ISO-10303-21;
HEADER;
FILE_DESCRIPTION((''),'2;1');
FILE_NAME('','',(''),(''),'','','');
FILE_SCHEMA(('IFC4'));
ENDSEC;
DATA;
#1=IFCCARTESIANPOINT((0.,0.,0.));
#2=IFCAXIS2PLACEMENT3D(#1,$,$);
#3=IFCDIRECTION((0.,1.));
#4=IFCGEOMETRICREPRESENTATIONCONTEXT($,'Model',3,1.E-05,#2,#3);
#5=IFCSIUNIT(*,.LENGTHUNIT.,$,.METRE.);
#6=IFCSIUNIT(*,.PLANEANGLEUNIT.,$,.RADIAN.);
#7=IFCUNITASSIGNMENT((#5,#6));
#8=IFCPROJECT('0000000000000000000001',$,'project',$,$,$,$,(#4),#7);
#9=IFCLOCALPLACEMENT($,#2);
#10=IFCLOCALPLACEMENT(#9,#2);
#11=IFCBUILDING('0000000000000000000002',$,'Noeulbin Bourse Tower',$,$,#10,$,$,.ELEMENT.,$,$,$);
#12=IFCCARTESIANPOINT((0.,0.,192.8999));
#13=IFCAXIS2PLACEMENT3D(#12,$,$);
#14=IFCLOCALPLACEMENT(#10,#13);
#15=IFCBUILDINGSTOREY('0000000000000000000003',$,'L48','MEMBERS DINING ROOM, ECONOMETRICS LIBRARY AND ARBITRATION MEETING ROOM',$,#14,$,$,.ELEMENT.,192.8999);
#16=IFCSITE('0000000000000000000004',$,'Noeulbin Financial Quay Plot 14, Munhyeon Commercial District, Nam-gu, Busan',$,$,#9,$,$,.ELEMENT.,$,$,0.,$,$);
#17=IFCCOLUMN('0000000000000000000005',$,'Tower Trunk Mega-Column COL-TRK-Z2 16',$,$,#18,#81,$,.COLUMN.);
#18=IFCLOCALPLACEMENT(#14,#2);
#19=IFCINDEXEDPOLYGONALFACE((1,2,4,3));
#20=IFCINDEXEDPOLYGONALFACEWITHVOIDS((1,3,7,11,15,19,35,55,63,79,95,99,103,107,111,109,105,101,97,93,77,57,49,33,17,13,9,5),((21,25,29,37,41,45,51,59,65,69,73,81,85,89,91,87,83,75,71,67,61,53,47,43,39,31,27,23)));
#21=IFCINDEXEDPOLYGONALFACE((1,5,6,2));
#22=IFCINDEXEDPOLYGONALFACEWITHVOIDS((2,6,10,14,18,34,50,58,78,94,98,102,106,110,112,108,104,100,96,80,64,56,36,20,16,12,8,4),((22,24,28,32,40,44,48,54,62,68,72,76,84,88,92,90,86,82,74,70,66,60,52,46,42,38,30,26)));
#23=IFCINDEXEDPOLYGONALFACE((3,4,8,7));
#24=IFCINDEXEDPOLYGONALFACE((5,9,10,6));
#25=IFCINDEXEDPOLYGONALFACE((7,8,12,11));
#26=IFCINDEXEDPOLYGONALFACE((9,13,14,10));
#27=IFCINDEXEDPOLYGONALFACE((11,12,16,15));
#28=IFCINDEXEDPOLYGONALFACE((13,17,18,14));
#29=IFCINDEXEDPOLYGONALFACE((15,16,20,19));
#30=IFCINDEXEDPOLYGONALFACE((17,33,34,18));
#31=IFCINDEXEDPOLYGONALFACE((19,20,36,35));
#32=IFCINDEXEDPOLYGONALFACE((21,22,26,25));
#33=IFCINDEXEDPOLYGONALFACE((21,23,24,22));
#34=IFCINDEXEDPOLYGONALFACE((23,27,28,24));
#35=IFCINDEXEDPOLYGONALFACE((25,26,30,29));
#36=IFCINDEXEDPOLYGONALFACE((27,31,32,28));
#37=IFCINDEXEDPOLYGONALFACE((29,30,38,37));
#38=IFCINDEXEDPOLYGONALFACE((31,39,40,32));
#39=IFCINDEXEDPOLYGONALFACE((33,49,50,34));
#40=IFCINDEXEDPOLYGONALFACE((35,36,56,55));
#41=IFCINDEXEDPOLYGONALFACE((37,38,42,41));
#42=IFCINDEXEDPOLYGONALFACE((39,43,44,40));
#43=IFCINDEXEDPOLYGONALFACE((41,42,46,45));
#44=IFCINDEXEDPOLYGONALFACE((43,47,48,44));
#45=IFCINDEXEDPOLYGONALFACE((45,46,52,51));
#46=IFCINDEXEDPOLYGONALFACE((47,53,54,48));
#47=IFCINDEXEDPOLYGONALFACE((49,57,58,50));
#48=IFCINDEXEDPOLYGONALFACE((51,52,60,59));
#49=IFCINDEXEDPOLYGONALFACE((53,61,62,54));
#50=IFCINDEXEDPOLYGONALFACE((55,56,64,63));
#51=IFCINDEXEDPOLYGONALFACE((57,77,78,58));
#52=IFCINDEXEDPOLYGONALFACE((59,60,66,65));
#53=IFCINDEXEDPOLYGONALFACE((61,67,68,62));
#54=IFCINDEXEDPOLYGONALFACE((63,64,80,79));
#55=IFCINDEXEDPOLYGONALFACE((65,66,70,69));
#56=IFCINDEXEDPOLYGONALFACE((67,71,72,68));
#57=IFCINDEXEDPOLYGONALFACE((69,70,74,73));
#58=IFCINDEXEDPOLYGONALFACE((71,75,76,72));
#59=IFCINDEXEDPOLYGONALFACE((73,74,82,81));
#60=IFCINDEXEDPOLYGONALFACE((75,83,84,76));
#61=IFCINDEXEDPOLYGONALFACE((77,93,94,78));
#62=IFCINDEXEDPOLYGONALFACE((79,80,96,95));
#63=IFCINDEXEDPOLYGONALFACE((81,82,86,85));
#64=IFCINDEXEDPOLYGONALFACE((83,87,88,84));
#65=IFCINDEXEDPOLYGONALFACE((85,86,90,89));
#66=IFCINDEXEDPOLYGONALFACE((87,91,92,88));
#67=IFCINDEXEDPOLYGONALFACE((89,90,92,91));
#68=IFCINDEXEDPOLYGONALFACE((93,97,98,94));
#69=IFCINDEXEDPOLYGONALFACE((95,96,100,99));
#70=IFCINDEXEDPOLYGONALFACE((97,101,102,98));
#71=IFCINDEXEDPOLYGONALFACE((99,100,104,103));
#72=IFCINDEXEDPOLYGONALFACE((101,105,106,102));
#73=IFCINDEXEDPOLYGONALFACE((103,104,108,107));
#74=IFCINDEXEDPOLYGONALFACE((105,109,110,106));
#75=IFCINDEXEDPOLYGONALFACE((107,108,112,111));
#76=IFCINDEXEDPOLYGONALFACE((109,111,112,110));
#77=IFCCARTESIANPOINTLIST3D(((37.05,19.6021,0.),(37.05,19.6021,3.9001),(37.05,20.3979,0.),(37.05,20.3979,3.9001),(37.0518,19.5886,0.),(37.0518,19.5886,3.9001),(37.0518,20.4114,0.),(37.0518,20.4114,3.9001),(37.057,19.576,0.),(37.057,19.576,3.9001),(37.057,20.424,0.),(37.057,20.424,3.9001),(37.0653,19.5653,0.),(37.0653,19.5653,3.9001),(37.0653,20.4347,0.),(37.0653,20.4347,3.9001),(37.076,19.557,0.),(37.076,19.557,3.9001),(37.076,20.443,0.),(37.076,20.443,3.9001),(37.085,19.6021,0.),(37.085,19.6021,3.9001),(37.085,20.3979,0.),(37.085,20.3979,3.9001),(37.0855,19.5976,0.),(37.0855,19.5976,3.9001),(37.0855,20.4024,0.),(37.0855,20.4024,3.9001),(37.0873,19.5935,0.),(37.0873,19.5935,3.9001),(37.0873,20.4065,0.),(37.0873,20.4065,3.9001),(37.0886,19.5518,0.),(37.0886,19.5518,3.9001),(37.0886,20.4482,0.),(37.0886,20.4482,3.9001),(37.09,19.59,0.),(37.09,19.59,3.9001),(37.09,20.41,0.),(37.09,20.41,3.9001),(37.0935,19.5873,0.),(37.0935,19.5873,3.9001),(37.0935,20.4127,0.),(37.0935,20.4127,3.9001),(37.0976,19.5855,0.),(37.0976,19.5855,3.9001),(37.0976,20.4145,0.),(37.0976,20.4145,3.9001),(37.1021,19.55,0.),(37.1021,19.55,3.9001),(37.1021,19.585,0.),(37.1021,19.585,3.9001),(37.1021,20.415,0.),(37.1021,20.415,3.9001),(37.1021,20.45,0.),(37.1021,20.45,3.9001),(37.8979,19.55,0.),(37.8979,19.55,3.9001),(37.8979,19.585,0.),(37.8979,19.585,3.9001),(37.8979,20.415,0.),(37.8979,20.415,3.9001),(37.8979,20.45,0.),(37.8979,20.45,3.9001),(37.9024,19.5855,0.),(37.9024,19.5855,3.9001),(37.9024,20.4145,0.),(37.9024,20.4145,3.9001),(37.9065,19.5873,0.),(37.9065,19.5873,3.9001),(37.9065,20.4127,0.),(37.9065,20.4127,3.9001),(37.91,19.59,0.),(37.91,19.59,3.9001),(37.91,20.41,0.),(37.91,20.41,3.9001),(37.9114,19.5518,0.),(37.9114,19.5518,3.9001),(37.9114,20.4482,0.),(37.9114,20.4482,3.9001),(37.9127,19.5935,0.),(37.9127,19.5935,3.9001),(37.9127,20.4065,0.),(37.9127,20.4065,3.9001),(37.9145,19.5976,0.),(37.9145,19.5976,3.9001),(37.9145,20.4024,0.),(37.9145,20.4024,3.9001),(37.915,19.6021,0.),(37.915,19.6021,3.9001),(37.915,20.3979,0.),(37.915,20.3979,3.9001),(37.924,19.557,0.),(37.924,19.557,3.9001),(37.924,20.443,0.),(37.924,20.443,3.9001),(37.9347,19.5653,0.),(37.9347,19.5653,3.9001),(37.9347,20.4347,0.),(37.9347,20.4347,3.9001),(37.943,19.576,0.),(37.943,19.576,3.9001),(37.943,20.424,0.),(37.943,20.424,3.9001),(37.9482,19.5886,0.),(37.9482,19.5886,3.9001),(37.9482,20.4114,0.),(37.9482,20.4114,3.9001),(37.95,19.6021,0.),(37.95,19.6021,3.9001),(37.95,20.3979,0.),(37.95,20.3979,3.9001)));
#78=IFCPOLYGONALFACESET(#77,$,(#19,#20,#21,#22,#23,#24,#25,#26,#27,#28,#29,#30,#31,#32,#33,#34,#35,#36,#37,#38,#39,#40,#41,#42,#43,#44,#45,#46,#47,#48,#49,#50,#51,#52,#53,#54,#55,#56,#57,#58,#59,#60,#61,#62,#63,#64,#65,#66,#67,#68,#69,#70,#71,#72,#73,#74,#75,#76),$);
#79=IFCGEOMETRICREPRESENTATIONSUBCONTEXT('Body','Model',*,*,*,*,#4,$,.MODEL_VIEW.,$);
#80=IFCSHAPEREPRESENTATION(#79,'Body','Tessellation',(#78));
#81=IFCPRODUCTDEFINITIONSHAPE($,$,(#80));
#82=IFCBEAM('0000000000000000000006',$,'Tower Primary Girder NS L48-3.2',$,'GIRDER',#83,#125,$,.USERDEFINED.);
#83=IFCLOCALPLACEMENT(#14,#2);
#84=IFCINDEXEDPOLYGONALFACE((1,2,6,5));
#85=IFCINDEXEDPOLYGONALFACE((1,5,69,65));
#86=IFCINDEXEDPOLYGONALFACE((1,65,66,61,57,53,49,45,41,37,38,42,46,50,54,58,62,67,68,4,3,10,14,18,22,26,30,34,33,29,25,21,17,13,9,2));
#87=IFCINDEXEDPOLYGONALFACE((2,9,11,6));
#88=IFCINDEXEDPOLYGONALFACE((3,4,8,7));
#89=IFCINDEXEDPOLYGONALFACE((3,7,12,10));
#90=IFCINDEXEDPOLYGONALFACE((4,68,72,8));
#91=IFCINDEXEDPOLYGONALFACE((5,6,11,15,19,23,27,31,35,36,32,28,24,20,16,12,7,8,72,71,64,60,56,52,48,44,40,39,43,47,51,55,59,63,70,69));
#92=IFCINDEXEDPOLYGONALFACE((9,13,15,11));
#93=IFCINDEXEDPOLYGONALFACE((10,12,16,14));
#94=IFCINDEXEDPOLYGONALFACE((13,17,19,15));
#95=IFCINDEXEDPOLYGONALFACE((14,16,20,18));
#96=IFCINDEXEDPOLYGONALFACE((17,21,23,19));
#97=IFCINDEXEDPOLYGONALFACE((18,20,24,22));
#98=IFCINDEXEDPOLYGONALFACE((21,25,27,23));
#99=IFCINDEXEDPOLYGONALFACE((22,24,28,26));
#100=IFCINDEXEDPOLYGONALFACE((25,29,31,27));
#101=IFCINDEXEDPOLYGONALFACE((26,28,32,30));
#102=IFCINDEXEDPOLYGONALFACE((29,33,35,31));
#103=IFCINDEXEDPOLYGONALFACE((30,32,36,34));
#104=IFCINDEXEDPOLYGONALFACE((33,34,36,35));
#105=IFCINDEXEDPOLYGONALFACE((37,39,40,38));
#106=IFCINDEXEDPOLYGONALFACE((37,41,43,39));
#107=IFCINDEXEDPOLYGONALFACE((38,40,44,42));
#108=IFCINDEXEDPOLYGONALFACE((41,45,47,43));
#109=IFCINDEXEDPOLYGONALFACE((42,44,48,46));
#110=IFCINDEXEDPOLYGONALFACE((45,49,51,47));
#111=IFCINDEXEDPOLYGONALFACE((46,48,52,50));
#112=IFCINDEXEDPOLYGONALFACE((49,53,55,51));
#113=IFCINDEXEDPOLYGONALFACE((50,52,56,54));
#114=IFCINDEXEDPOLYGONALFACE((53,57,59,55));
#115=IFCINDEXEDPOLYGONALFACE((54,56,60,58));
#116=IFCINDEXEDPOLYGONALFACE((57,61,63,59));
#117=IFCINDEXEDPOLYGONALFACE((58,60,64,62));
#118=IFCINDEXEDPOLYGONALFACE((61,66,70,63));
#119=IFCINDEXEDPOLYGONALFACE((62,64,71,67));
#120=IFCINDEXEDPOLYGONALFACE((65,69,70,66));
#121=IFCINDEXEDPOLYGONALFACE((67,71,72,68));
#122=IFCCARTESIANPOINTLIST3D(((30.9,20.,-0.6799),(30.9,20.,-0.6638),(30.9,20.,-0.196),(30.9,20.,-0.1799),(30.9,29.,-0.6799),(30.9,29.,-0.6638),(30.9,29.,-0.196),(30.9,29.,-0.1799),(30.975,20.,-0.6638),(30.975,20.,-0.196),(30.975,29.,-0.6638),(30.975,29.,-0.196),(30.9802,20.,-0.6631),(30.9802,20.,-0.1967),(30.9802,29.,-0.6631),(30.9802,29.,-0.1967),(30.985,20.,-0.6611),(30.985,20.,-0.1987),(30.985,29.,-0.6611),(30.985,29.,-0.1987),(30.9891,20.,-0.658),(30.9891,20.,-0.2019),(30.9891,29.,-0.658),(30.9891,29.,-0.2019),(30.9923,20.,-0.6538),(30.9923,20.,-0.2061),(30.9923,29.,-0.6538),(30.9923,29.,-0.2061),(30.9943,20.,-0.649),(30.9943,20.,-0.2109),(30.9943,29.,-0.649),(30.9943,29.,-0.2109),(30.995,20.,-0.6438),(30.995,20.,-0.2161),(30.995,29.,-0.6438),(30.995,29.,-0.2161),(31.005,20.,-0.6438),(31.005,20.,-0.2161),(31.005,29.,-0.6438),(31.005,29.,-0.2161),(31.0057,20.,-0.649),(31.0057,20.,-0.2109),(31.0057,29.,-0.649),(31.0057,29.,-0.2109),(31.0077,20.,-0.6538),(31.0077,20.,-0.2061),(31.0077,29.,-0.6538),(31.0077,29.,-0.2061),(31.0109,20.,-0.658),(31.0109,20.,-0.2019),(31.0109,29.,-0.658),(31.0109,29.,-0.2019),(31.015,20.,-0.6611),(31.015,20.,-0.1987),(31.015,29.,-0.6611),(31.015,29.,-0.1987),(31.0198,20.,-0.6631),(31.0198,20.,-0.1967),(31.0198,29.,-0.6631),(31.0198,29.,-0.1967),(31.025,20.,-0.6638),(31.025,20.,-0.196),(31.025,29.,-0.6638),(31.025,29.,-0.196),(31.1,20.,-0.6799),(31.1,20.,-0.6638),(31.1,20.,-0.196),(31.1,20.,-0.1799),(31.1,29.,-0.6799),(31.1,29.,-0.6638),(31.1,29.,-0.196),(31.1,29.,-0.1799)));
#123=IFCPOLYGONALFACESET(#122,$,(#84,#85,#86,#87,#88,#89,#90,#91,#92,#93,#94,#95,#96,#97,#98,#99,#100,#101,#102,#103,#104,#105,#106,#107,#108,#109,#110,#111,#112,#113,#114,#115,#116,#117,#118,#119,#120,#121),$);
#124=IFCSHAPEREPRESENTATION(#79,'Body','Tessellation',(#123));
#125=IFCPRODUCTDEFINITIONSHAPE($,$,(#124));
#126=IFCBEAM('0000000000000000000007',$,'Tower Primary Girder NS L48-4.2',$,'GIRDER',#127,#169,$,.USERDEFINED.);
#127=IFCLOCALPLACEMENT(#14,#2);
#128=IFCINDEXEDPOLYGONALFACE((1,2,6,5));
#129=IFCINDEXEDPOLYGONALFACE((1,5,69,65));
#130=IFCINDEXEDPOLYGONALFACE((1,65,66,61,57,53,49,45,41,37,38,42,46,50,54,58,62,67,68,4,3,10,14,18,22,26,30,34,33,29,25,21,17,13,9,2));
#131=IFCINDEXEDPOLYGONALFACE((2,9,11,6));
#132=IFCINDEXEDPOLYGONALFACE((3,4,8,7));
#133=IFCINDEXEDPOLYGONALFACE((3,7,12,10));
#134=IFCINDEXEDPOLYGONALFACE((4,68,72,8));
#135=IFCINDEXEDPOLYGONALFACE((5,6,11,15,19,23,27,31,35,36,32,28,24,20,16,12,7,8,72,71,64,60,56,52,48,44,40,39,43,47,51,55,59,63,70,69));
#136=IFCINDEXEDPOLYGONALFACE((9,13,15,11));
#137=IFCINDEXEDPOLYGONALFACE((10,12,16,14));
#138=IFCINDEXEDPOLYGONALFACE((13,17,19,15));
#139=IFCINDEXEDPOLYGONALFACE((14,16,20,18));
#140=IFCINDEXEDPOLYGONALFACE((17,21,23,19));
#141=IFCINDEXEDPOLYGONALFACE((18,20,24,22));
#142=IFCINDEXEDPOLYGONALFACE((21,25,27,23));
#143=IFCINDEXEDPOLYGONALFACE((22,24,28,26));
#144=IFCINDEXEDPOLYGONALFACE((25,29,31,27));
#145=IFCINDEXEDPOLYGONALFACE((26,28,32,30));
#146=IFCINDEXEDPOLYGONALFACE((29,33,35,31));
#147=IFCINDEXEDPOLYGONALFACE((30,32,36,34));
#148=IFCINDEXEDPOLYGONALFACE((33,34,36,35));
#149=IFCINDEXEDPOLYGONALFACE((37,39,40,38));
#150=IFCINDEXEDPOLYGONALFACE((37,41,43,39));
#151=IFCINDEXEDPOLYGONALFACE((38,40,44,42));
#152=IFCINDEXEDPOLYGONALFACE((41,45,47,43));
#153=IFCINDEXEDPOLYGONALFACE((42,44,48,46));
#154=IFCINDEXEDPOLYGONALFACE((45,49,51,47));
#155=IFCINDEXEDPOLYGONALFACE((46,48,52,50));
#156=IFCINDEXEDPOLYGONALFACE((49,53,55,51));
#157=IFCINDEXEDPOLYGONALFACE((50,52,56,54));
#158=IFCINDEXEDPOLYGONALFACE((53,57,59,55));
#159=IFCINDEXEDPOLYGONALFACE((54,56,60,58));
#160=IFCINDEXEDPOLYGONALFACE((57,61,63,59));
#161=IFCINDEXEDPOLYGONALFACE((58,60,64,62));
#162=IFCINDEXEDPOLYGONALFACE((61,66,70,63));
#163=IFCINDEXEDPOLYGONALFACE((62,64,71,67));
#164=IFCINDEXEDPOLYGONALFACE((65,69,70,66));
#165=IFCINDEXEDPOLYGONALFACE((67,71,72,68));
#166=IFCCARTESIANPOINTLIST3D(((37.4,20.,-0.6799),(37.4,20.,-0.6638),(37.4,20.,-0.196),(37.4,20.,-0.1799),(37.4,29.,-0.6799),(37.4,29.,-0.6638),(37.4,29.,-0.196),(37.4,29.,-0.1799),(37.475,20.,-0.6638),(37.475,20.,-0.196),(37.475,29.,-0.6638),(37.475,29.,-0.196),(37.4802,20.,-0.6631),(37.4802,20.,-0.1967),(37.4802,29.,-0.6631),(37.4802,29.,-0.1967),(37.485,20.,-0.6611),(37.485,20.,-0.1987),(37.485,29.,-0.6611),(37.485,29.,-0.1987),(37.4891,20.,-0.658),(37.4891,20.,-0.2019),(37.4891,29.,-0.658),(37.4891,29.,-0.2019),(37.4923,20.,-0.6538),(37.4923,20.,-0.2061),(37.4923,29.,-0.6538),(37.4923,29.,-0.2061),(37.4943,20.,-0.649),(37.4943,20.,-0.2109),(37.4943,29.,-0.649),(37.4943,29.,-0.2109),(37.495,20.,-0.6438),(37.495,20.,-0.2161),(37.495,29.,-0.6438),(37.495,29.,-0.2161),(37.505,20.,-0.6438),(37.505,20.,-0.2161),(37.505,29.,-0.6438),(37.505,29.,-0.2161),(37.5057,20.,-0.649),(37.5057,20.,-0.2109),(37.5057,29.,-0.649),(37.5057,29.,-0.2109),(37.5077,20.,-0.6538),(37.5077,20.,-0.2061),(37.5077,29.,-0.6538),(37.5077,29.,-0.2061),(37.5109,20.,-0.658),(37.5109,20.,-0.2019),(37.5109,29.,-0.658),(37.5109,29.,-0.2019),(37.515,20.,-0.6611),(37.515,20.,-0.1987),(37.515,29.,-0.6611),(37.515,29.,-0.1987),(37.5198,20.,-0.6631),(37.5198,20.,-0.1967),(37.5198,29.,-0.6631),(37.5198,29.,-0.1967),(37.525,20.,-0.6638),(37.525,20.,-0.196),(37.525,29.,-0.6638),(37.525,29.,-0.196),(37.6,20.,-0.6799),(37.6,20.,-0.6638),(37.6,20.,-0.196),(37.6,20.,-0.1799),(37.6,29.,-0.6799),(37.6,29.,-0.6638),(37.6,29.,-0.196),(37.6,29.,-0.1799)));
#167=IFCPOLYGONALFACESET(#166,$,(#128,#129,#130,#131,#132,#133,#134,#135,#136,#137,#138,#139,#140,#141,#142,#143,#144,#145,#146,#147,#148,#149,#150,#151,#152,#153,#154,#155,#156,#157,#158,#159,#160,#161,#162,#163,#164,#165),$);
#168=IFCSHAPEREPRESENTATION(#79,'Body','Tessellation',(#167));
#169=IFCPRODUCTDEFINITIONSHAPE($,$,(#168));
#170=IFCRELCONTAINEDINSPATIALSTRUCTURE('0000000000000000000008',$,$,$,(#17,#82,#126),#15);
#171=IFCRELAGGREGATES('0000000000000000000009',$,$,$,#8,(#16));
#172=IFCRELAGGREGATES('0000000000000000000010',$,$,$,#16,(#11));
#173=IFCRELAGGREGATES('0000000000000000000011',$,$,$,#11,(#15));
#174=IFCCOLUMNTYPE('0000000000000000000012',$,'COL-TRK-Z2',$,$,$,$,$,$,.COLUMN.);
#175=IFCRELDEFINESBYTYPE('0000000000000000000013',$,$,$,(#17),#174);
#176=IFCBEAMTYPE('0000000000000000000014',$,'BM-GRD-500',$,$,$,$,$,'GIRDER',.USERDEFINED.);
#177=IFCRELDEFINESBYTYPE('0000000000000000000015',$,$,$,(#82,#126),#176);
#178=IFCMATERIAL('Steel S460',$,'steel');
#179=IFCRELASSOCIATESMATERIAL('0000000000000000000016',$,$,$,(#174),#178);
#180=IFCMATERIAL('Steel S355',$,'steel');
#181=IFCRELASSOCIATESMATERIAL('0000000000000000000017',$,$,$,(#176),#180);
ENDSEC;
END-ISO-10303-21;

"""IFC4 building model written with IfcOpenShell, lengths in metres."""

from ifc_helpers import new_model, si_unit, direction, frame, origin, origin_2d, place, context, subcontext, project, spatial, hollow_rectangle, i_section, extrude, material, material_profile, profile_set, type_object, element, save


model = new_model("IFC4")

# Units and contexts
model_context = context("Model", 3, precision=1e-05, world=origin(), true_north=direction((0.0, 1.0)))
body_context = subcontext(model_context, "Body", "Model", "MODEL_VIEW")
ifc_project = project(units=[si_unit("LENGTHUNIT", "METRE"), si_unit("PLANEANGLEUNIT", "RADIAN")], contexts=[model_context])

# Site, building, storey
site_placement = place(None, origin())
site = spatial("IfcSite", under=ifc_project, at=site_placement, Name="Noeulbin Financial Quay Plot 14, Munhyeon Commercial District, Nam-gu, Busan", CompositionType="ELEMENT", RefElevation=0.0)
building_placement = place(site_placement, origin())
building = spatial("IfcBuilding", under=site, at=building_placement, Name="Noeulbin Bourse Tower", CompositionType="ELEMENT")
storey_placement = place(building_placement, frame((0.0, 0.0, 192.8999)))
storey = spatial("IfcBuildingStorey", under=building, at=storey_placement, Name="L48", Description="MEMBERS DINING ROOM, ECONOMETRICS LIBRARY AND ARBITRATION MEETING ROOM", CompositionType="ELEMENT", Elevation=192.8999)

# Column
ifc_material_1 = material(Name="Steel S460", Category="steel")
ifc_material_profile_1 = material_profile(ifc_material_1, hollow_rectangle(XDim=0.8999, YDim=0.8999, WallThickness=0.0349, InnerFilletRadius=0.0171, OuterFilletRadius=0.052, at=origin_2d()), Name="BOX-900x900x35", Category="LoadBearing")
ifc_profile_set_1 = profile_set([ifc_material_profile_1], Name="Steel S460")
column_type = type_object("IfcColumnType", Name="COL-TRK-Z2", PredefinedType="COLUMN", material=ifc_profile_set_1)
for number, where, z_axis, x_axis, name in (
    (1, (37.5, 20.0, 0.0), (0.0, 0.0, 1.0), (1.0, 0.0, 0.0), "Tower Trunk Mega-Column COL-TRK-Z2 16"),
):
    element("IfcColumn", number, at=place(storey_placement, frame(where, z_axis=z_axis, x_axis=x_axis)), inside=storey, type_object=column_type, Name=name, PredefinedType="COLUMN", context=body_context, shape_type="SweptSolid", body=[
        extrude(hollow_rectangle(XDim=0.8999, YDim=0.8999, WallThickness=0.0349, InnerFilletRadius=0.0171, OuterFilletRadius=0.052, at=origin_2d()), origin(), (0.0, 0.0, 1.0), 3.9001),
    ])

# Beams
ifc_material_2 = material(Name="Steel S355", Category="steel")
ifc_material_profile_2 = material_profile(ifc_material_2, i_section(OverallWidth=0.2, OverallDepth=0.5, WebThickness=0.01, FlangeThickness=0.0161, FilletRadius=0.02, at=origin_2d()), Name="H-500x200x10x16", Category="LoadBearing")
ifc_profile_set_2 = profile_set([ifc_material_profile_2], Name="Steel S355")
beam_type_1 = type_object("IfcBeamType", Name="BM-GRD-500", ElementType="GIRDER", PredefinedType="USERDEFINED", material=ifc_profile_set_2)
for number, where, z_axis, x_axis, name in (
    (2, (31.0, 20.0, -0.4299), (0.0, 1.0, 0.0), (-1.0, 0.0, 0.0), "Tower Primary Girder NS L48-3.2"),
    (3, (37.5, 20.0, -0.4299), (0.0, 1.0, 0.0), (-1.0, 0.0, 0.0), "Tower Primary Girder NS L48-4.2"),
):
    element("IfcBeam", number, at=place(storey_placement, frame(where, z_axis=z_axis, x_axis=x_axis)), inside=storey, type_object=beam_type_1, Name=name, ObjectType="GIRDER", PredefinedType="USERDEFINED", context=body_context, shape_type="SweptSolid", body=[
        extrude(i_section(OverallWidth=0.2, OverallDepth=0.5, WebThickness=0.01, FlangeThickness=0.0161, FilletRadius=0.02, at=origin_2d()), origin(), (0.0, 0.0, 1.0), 9.0),
    ])

save(model, "model.ifc")
